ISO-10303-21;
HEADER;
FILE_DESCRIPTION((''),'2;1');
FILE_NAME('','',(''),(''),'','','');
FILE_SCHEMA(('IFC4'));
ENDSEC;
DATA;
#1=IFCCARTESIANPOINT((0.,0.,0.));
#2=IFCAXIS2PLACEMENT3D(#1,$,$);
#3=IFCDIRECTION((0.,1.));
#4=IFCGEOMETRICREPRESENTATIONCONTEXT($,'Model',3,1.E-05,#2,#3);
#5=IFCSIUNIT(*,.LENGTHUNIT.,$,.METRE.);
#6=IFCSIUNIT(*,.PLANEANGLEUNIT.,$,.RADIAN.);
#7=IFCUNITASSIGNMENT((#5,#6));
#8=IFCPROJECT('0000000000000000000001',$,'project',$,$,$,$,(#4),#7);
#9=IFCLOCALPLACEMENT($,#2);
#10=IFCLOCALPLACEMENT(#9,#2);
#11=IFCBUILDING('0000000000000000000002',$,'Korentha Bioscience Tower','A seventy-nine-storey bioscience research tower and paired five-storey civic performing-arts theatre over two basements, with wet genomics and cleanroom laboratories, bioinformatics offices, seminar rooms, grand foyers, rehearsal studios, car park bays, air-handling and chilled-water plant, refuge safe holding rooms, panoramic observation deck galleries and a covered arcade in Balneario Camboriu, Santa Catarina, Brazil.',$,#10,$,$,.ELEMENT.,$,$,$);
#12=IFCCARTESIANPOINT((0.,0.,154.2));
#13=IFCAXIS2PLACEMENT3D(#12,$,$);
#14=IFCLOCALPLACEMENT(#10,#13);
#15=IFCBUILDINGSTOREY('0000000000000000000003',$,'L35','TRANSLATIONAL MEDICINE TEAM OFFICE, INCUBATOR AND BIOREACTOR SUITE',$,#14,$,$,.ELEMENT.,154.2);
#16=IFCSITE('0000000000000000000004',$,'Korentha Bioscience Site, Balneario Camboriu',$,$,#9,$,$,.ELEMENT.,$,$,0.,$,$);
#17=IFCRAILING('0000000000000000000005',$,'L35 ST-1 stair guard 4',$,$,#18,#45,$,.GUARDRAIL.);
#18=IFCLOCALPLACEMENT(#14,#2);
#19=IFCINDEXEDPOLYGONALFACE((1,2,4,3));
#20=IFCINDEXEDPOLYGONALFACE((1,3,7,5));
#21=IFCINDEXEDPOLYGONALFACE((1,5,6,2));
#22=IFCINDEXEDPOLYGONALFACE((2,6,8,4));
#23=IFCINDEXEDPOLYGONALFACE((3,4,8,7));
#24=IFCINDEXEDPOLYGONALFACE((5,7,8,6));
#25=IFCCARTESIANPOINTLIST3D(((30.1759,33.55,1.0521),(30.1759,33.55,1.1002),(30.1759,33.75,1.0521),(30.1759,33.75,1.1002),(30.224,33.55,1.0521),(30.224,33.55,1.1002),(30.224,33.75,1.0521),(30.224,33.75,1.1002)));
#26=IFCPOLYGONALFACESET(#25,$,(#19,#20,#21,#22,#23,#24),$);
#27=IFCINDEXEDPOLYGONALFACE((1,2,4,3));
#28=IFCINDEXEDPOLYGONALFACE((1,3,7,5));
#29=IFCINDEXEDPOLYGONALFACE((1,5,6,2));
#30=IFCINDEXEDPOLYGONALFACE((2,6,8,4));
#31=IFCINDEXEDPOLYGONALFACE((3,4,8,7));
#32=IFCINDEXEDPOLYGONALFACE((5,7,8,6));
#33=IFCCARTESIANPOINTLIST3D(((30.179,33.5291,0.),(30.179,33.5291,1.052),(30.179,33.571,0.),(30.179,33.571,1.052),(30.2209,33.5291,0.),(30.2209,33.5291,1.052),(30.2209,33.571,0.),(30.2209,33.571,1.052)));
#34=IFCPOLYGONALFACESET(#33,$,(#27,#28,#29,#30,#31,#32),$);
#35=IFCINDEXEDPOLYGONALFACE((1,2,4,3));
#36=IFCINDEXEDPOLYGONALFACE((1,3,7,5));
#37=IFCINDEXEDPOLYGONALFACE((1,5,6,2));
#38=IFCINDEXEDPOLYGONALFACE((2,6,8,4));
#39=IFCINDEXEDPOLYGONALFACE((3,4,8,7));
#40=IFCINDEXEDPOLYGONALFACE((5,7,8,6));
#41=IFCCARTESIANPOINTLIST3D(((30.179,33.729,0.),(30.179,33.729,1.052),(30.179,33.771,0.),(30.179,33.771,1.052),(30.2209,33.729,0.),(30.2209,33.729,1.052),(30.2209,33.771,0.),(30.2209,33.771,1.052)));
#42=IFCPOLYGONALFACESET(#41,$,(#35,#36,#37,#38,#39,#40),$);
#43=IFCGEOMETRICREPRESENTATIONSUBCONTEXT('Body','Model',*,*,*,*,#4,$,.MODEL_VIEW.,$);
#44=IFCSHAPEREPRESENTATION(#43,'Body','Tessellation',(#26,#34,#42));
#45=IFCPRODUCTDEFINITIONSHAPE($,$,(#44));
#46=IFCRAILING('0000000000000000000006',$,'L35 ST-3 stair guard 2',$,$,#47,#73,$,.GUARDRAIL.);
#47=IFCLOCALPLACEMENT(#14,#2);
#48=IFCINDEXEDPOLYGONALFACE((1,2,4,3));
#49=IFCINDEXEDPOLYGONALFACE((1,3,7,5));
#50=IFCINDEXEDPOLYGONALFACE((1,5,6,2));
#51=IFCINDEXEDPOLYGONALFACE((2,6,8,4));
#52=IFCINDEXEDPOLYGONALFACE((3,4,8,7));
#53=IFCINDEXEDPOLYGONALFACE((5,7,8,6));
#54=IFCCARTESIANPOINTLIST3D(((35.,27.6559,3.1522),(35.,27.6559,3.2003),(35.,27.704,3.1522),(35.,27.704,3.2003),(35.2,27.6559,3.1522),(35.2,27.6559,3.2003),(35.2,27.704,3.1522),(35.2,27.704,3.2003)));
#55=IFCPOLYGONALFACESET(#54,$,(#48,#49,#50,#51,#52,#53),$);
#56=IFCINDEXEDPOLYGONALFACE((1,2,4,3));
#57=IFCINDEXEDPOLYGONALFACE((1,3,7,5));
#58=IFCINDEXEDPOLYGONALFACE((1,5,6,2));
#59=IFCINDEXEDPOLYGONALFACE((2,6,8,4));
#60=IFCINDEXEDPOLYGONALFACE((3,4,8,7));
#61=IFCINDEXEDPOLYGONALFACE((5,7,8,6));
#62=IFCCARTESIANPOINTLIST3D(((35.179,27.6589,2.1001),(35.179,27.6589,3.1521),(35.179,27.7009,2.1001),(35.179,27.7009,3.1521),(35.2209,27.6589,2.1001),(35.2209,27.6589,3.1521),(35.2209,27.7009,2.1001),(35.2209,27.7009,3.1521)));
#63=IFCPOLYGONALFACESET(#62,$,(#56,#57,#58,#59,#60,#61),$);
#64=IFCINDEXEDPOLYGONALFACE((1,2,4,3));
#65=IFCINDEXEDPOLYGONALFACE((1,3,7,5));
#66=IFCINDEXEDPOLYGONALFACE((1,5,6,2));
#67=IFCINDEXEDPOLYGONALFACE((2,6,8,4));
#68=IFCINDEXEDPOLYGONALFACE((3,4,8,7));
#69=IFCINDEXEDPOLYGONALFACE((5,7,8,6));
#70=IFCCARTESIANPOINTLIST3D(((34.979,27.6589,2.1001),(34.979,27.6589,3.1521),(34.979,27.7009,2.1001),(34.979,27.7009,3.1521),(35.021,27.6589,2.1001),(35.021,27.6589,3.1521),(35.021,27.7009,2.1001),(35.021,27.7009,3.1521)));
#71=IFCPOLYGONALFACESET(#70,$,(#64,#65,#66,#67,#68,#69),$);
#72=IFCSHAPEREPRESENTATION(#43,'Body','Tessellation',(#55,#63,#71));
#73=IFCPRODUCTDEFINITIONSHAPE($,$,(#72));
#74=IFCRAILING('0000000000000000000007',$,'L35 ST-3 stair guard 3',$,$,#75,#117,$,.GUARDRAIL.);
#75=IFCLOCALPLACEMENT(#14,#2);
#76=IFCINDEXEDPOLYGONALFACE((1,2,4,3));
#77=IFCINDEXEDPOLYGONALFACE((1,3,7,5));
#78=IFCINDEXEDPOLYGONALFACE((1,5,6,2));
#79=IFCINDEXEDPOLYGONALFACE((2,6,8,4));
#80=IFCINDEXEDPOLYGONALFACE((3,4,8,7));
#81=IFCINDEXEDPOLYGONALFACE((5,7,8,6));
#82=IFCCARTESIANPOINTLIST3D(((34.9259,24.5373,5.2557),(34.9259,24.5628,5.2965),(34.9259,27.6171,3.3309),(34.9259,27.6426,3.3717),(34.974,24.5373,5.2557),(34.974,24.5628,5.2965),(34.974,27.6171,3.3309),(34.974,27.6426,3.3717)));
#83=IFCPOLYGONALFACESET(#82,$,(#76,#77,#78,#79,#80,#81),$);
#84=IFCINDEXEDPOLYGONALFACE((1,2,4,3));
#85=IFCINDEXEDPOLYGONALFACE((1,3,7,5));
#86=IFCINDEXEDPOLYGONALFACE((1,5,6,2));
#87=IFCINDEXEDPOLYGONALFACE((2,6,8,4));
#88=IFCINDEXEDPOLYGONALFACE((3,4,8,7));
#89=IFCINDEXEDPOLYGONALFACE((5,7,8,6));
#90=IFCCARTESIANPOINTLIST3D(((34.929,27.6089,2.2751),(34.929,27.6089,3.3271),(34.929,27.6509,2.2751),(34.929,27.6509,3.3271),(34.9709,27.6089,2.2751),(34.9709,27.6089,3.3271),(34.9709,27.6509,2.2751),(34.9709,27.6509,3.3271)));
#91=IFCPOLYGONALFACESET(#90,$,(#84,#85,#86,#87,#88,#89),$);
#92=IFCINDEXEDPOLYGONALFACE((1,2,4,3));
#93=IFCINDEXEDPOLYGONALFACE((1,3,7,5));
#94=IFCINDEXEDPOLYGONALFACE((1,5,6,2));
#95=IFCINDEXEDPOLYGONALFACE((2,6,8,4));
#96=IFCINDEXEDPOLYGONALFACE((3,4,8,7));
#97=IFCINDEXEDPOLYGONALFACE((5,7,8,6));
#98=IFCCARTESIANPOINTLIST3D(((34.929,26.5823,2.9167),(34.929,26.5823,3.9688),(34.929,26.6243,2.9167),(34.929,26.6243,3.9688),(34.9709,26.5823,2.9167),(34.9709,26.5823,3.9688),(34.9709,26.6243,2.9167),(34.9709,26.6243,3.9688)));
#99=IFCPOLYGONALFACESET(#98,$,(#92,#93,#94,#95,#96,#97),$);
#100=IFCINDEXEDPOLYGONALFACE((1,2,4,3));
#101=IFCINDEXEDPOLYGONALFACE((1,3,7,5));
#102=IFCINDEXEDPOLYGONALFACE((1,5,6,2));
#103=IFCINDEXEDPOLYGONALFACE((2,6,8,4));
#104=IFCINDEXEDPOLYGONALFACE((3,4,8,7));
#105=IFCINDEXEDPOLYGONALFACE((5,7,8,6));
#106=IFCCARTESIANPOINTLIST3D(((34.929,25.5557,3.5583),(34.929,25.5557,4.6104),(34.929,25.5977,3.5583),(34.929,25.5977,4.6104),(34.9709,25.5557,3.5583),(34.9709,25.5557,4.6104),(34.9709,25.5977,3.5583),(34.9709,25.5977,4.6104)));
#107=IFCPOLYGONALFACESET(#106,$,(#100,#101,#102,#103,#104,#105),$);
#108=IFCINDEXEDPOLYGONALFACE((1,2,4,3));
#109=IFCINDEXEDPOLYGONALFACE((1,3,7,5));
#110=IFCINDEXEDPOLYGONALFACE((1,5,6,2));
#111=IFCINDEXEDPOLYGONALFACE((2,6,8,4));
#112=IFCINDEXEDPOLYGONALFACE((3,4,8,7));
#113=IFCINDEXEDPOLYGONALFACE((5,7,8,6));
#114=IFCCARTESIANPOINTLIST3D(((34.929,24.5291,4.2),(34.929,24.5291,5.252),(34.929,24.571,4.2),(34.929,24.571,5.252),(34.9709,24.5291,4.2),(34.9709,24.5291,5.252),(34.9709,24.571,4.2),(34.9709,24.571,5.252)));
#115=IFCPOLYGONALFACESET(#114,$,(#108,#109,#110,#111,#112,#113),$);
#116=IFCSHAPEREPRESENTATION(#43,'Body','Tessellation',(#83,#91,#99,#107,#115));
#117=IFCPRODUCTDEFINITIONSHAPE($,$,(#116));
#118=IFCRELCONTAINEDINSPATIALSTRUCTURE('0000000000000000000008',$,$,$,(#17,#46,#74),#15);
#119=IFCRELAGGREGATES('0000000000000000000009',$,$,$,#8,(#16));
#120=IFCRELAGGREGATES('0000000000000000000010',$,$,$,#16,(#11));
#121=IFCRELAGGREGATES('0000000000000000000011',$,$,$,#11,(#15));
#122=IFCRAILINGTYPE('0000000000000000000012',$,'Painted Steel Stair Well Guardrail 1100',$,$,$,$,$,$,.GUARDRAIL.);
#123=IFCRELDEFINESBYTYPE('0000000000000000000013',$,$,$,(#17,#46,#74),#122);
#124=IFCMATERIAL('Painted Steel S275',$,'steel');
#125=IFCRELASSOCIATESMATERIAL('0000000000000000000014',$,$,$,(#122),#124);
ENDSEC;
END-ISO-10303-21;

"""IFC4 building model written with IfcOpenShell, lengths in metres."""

from ifc_helpers import new_model, si_unit, direction, frame, origin, origin_2d, place, context, subcontext, project, spatial, rectangle, extrude, material, type_object, element, save


model = new_model("IFC4")

# Units and contexts
model_context = context("Model", 3, precision=1e-05, world=origin(), true_north=direction((0.0, 1.0)))
body_context = subcontext(model_context, "Body", "Model", "MODEL_VIEW")
ifc_project = project(units=[si_unit("LENGTHUNIT", "METRE"), si_unit("PLANEANGLEUNIT", "RADIAN")], contexts=[model_context])

# Site, building, storey
site_placement = place(None, origin())
site = spatial("IfcSite", under=ifc_project, at=site_placement, Name="Korentha Bioscience Site, Balneario Camboriu", CompositionType="ELEMENT", RefElevation=0.0)
building_placement = place(site_placement, origin())
building = spatial("IfcBuilding", under=site, at=building_placement, Name="Korentha Bioscience Tower", Description="A seventy-nine-storey bioscience research tower and paired five-storey civic performing-arts theatre over two basements, with wet genomics and cleanroom laboratories, bioinformatics offices, seminar rooms, grand foyers, rehearsal studios, car park bays, air-handling and chilled-water plant, refuge safe holding rooms, panoramic observation deck galleries and a covered arcade in Balneario Camboriu, Santa Catarina, Brazil.", CompositionType="ELEMENT")
storey_placement = place(building_placement, frame((0.0, 0.0, 154.2)))
storey = spatial("IfcBuildingStorey", under=building, at=storey_placement, Name="L35", Description="TRANSLATIONAL MEDICINE TEAM OFFICE, INCUBATOR AND BIOREACTOR SUITE", CompositionType="ELEMENT", Elevation=154.2)

# Railings
ifc_material_1 = material(Name="Painted Steel S275", Category="steel")
railing_type_1 = type_object("IfcRailingType", Name="Painted Steel Stair Well Guardrail 1100", PredefinedType="GUARDRAIL", material=ifc_material_1)
railing_1_placement = place(storey_placement, frame((30.2, 33.55, 0.0)))
element("IfcRailing", 1, at=railing_1_placement, inside=storey, type_object=railing_type_1, Name="L35 ST-1 stair guard 4", PredefinedType="GUARDRAIL", context=body_context, shape_type="SweptSolid", body=[
    extrude(rectangle(XDim=0.0481, YDim=0.0481, at=origin_2d()), frame((0.0, 0.0, 1.0762), z_axis=(0.0, 1.0, 0.0), x_axis=(-1.0, 0.0, 0.0)), (0.0, 0.0, 1.0), 0.2),
    extrude(rectangle(XDim=0.042, YDim=0.042, at=origin_2d()), origin(), (0.0, 0.0, 1.0), 1.052),
    extrude(rectangle(XDim=0.042, YDim=0.042, at=origin_2d()), frame((0.0, 0.2, 0.0)), (0.0, 0.0, 1.0), 1.052),
])
railing_2_placement = place(storey_placement, frame((35.2, 27.6799, 2.1001)))
element("IfcRailing", 2, at=railing_2_placement, inside=storey, type_object=railing_type_1, Name="L35 ST-3 stair guard 2", PredefinedType="GUARDRAIL", context=body_context, shape_type="SweptSolid", body=[
    extrude(rectangle(XDim=0.0481, YDim=0.0481, at=origin_2d()), frame((0.0, 0.0, 1.0762), z_axis=(-1.0, 0.0, 0.0), x_axis=(0.0, -1.0, 0.0)), (0.0, 0.0, 1.0), 0.2),
    extrude(rectangle(XDim=0.042, YDim=0.042, at=origin_2d()), origin(), (0.0, 0.0, 1.0), 1.052),
    extrude(rectangle(XDim=0.042, YDim=0.042, at=origin_2d()), frame((-0.2, 0.0, 0.0)), (0.0, 0.0, 1.0), 1.052),
])
railing_3_placement = place(storey_placement, frame((34.95, 27.6299, 2.2751)))
element("IfcRailing", 3, at=railing_3_placement, inside=storey, type_object=railing_type_1, Name="L35 ST-3 stair guard 3", PredefinedType="GUARDRAIL", context=body_context, shape_type="SweptSolid", body=[
    extrude(rectangle(XDim=0.0481, YDim=0.0481, at=origin_2d()), frame((0.0, 0.0, 1.0762), z_axis=(0.0, -0.84801, 0.529981), x_axis=(1.0, 0.0, 0.0)), (0.0, 0.0, 1.0), 3.6318),
    extrude(rectangle(XDim=0.042, YDim=0.042, at=origin_2d()), origin(), (0.0, 0.0, 1.0), 1.052),
    extrude(rectangle(XDim=0.042, YDim=0.042, at=origin_2d()), frame((0.0, -1.0266, 0.6416)), (0.0, 0.0, 1.0), 1.052),
    extrude(rectangle(XDim=0.042, YDim=0.042, at=origin_2d()), frame((0.0, -2.0532, 1.2832)), (0.0, 0.0, 1.0), 1.052),
    extrude(rectangle(XDim=0.042, YDim=0.042, at=origin_2d()), frame((0.0, -3.0798, 1.9248)), (0.0, 0.0, 1.0), 1.052),
])

save(model, "model.ifc")
